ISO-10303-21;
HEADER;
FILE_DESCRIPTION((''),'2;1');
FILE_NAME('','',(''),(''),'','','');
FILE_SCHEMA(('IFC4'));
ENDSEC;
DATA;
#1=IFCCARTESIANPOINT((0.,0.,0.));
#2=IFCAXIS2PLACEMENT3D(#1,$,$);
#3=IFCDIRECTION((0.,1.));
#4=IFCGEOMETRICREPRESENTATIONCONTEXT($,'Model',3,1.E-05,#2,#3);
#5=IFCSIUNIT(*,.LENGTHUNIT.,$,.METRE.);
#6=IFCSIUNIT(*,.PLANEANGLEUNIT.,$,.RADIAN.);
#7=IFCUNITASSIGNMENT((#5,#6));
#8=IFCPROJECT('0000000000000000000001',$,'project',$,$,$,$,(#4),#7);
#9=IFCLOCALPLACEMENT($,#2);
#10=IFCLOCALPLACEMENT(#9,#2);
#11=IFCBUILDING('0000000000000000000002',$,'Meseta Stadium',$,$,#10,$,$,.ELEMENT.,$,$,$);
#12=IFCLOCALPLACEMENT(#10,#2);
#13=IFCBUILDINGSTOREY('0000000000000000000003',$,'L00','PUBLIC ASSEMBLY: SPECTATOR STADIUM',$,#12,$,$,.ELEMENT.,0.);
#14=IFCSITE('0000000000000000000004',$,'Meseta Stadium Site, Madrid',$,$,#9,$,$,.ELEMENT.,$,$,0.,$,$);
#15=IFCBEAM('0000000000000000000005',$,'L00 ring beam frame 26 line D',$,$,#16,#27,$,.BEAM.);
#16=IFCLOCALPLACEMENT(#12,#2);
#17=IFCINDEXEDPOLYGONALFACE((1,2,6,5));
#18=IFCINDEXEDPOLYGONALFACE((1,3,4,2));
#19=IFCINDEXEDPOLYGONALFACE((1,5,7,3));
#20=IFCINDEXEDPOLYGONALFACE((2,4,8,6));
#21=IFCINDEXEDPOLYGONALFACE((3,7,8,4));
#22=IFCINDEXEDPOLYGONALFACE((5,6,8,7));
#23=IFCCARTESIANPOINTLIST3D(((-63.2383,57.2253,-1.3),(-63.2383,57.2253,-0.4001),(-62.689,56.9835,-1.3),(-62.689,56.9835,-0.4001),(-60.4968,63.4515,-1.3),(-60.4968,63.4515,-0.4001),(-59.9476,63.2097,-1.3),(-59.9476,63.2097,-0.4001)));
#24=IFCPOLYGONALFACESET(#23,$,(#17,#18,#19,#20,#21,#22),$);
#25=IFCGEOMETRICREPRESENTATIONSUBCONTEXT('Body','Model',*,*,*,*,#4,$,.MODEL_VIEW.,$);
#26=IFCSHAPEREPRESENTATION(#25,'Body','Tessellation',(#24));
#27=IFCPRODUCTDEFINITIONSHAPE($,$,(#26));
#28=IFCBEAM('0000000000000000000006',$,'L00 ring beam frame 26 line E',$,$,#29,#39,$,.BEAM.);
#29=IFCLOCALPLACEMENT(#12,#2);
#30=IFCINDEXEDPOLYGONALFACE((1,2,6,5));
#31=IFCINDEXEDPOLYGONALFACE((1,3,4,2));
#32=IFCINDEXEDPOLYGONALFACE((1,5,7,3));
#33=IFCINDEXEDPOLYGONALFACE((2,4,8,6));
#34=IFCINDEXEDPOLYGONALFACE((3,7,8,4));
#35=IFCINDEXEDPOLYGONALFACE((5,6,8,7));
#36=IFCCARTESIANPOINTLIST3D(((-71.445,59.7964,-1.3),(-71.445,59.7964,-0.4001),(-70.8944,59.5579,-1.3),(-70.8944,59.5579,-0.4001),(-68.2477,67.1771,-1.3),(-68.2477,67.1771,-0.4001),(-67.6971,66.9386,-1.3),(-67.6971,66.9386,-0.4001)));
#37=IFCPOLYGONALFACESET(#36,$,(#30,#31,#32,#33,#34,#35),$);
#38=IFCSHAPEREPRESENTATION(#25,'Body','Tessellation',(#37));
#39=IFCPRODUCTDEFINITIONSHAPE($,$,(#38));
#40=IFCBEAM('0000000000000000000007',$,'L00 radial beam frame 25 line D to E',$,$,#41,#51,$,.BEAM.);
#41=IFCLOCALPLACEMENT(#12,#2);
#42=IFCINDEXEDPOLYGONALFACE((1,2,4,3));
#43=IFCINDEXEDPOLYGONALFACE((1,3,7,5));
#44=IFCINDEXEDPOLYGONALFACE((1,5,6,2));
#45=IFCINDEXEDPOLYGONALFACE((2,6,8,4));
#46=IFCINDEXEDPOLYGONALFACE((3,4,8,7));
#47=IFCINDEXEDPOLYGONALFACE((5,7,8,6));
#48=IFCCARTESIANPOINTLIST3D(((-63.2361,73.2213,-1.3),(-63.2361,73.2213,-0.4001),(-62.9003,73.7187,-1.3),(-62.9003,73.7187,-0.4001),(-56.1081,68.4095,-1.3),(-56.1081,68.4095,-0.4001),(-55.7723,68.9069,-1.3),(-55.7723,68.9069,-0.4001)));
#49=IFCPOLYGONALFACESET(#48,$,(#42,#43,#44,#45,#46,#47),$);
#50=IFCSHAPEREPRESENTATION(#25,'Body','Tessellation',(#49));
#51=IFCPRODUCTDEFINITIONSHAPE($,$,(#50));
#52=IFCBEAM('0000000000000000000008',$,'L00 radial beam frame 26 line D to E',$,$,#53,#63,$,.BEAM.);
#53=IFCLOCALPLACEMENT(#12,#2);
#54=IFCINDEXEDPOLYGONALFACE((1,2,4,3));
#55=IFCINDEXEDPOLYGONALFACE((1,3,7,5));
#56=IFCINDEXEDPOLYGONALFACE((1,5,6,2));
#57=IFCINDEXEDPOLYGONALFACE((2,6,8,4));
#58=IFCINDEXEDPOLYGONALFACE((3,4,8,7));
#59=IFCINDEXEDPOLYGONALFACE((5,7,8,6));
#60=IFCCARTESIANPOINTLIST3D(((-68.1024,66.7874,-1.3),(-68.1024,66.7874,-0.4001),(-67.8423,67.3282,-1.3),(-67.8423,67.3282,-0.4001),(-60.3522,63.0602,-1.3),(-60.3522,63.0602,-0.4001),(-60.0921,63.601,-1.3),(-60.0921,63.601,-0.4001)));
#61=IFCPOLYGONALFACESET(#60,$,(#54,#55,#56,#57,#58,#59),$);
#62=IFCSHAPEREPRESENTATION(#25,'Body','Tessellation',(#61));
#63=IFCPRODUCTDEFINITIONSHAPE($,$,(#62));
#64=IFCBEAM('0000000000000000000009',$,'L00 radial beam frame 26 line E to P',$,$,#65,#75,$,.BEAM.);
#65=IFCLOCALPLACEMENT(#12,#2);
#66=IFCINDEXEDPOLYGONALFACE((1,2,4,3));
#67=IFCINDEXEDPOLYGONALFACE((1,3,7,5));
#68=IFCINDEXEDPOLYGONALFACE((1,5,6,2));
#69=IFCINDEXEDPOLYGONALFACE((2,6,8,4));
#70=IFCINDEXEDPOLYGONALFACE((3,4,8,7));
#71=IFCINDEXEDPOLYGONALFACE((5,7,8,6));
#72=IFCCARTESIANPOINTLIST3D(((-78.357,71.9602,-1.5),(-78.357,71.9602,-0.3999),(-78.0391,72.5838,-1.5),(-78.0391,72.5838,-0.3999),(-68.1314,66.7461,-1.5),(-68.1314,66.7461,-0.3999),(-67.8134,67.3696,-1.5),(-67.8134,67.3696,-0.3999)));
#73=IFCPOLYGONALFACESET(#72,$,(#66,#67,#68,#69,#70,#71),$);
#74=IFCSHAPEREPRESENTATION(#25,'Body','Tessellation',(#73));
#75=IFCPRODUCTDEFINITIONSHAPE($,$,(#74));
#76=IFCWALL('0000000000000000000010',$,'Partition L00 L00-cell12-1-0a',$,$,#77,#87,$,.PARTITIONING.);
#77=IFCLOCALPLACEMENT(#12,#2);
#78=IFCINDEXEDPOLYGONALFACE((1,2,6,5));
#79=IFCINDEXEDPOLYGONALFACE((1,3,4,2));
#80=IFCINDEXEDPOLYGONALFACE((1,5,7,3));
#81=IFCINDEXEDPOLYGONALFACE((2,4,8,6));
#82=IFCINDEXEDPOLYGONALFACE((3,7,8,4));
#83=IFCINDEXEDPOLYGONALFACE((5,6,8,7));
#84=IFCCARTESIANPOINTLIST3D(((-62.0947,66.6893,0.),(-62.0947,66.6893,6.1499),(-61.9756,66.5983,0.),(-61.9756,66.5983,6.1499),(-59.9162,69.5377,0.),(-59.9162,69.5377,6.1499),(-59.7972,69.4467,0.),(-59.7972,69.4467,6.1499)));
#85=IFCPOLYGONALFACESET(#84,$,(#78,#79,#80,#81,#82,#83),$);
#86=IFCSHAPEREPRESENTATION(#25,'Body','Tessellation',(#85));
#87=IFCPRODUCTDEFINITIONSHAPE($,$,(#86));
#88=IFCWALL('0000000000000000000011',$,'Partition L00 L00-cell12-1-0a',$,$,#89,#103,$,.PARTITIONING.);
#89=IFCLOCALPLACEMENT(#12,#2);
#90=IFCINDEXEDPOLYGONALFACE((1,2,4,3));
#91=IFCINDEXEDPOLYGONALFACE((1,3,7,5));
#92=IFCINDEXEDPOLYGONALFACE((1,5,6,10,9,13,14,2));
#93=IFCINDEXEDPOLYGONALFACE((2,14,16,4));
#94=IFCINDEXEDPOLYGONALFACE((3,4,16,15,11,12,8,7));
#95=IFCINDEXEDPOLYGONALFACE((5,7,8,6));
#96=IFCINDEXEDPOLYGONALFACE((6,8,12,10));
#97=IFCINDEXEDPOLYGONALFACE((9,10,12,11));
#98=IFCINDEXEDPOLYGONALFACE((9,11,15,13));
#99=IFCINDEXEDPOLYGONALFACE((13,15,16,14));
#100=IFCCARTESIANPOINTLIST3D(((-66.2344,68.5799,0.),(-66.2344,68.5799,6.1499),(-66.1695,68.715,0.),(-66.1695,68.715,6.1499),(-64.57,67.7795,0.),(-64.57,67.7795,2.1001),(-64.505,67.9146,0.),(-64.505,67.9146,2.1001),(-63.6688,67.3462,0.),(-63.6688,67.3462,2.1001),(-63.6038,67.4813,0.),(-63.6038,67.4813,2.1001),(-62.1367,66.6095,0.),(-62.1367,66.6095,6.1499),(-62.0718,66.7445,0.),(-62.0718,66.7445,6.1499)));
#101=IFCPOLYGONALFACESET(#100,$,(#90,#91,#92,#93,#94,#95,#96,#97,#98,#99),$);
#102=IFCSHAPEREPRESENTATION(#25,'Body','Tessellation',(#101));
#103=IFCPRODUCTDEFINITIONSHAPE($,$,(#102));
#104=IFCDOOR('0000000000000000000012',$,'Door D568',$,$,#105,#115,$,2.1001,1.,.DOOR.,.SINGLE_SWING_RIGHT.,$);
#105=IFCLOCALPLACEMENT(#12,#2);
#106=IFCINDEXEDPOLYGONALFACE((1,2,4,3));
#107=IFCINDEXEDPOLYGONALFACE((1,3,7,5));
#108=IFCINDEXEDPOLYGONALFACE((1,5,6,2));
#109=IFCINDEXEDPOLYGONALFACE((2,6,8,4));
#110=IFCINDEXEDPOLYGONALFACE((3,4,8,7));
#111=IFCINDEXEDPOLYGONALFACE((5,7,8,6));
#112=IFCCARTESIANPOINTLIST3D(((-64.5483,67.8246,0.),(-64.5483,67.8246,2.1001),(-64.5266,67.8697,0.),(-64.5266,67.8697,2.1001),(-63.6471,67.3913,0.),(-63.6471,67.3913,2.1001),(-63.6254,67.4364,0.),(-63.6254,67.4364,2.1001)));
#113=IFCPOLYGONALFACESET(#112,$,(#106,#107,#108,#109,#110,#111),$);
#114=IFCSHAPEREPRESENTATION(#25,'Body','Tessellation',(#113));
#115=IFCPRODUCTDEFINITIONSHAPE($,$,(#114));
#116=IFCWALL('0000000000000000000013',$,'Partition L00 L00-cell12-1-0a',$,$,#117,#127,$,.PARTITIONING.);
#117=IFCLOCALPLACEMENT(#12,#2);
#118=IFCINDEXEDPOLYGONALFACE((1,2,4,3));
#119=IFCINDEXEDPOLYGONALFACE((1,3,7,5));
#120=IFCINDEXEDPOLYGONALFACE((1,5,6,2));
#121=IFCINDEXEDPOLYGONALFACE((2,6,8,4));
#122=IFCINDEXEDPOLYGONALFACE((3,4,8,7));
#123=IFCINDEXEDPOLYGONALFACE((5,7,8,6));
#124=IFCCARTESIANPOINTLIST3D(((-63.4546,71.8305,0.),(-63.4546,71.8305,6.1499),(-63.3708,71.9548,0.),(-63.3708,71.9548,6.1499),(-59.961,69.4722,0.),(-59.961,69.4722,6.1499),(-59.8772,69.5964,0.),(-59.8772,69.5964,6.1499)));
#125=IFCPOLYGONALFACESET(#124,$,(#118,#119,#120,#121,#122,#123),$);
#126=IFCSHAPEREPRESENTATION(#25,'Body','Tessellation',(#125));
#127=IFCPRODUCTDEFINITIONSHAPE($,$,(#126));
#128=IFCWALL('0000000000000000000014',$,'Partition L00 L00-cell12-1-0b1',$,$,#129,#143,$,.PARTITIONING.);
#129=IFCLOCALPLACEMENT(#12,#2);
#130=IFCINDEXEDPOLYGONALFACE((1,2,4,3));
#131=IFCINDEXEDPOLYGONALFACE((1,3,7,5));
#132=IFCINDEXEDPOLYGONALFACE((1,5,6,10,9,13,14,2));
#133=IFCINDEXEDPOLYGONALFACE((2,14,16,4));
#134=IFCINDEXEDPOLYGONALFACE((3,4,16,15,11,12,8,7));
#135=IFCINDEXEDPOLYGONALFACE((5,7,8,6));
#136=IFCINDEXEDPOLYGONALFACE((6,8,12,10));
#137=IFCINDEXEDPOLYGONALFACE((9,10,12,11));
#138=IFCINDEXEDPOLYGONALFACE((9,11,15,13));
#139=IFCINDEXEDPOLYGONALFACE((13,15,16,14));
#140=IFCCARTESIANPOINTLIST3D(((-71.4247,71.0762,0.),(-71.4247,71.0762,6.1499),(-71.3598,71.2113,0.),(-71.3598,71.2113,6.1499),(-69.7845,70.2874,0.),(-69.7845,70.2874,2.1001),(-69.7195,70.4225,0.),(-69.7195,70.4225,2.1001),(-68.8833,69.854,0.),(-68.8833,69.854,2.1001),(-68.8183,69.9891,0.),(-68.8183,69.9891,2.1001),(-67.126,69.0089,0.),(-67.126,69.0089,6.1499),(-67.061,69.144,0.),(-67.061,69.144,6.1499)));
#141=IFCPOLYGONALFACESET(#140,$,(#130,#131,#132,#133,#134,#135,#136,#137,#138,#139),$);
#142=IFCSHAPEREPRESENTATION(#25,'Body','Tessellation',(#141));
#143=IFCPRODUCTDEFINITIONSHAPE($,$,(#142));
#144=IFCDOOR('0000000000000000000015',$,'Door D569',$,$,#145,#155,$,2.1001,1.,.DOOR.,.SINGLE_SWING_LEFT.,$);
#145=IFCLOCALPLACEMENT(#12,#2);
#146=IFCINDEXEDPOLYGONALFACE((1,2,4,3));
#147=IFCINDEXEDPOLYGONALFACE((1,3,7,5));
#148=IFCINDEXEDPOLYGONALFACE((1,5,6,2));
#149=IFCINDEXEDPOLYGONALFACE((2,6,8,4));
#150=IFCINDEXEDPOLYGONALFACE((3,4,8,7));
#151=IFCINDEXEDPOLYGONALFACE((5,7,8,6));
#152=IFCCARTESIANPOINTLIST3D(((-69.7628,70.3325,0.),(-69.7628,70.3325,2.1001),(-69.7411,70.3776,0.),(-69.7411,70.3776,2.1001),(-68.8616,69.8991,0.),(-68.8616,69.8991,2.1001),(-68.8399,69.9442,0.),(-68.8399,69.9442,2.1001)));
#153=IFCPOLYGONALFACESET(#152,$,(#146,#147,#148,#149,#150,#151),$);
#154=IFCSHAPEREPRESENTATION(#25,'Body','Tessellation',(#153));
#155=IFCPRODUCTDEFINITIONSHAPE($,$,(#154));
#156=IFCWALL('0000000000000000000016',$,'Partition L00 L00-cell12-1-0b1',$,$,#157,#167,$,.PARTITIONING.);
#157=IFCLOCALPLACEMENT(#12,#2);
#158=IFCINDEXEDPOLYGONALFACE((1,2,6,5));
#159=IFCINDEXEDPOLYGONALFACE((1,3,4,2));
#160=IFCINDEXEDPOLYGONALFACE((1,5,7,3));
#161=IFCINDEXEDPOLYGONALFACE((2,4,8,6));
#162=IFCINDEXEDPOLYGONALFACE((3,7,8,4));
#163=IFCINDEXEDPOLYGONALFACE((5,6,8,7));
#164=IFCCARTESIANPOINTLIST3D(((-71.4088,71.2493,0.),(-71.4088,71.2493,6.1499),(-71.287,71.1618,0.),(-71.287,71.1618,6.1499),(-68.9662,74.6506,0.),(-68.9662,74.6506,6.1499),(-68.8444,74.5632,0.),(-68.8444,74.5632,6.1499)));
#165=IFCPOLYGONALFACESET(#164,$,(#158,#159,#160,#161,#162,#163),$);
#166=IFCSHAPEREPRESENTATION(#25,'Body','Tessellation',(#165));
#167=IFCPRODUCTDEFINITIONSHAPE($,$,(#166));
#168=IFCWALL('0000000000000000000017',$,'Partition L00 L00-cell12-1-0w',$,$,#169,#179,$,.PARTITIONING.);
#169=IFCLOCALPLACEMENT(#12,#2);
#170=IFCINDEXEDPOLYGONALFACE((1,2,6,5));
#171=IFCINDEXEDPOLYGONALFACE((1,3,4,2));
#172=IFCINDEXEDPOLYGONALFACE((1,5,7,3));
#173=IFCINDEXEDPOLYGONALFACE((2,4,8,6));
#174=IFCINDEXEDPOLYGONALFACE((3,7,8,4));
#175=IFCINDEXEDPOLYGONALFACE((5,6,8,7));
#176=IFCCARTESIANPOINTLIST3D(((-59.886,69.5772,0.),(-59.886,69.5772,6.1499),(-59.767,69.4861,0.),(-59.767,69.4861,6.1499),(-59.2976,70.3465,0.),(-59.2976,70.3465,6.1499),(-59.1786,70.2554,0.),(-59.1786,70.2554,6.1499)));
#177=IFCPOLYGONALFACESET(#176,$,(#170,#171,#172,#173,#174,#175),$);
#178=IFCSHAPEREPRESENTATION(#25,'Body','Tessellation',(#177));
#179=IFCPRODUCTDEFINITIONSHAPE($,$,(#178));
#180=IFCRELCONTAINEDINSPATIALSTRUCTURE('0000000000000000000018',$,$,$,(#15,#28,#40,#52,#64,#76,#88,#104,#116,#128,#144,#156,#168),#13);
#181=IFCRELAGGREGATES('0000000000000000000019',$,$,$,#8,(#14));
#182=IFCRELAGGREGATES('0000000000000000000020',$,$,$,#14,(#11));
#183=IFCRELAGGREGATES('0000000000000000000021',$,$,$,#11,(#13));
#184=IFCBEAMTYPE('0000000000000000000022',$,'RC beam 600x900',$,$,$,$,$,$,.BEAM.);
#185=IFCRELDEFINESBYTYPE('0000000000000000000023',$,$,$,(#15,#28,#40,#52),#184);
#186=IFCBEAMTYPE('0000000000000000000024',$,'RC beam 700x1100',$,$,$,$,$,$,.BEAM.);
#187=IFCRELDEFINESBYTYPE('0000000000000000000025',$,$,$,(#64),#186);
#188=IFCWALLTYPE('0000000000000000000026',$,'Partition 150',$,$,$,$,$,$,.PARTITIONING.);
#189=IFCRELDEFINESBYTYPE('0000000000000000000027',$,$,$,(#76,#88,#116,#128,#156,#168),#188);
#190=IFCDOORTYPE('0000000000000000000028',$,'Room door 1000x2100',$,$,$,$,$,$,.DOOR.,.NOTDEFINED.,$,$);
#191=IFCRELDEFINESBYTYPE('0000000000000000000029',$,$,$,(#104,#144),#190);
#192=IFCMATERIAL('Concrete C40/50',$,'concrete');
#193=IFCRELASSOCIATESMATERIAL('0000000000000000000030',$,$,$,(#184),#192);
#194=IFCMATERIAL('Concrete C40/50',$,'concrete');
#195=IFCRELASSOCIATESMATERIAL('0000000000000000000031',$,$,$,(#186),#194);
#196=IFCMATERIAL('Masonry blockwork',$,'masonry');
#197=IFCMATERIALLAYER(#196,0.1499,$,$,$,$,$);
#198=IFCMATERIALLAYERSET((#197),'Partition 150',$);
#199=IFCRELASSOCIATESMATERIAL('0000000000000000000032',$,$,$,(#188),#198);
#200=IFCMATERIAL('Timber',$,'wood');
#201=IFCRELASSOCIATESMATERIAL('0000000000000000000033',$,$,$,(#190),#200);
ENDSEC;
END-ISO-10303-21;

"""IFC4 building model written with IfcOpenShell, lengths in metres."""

from ifc_helpers import new_model, si_unit, direction, frame, frame_2d, origin, origin_2d, place, context, subcontext, project, spatial, rectangle, extrude, material, layer, layer_set, material_profile, profile_set, type_object, element, fill, save


model = new_model("IFC4")

# Units and contexts
model_context = context("Model", 3, precision=1e-05, world=origin(), true_north=direction((0.0, 1.0)))
body_context = subcontext(model_context, "Body", "Model", "MODEL_VIEW")
ifc_project = project(units=[si_unit("LENGTHUNIT", "METRE"), si_unit("PLANEANGLEUNIT", "RADIAN")], contexts=[model_context])

# Site, building, storey
site_placement = place(None, origin())
site = spatial("IfcSite", under=ifc_project, at=site_placement, Name="Meseta Stadium Site, Madrid", CompositionType="ELEMENT", RefElevation=0.0)
building_placement = place(site_placement, origin())
building = spatial("IfcBuilding", under=site, at=building_placement, Name="Meseta Stadium", CompositionType="ELEMENT")
storey_placement = place(building_placement, origin())
storey = spatial("IfcBuildingStorey", under=building, at=storey_placement, Name="L00", Description="PUBLIC ASSEMBLY: SPECTATOR STADIUM", CompositionType="ELEMENT", Elevation=0.0)

# Beams
ifc_material_1 = material(Name="Concrete C40/50", Category="concrete")
ifc_material_profile_1 = material_profile(ifc_material_1, rectangle(XDim=0.6001, YDim=0.8999, at=origin_2d()), Name="RC 600x900")
ifc_profile_set_1 = profile_set([ifc_material_profile_1], Name="Concrete C40/50")
beam_type_1 = type_object("IfcBeamType", Name="RC beam 600x900", PredefinedType="BEAM", material=ifc_profile_set_1)
beam_1_placement = place(storey_placement, frame((-60.2222, 63.3306, -0.8501), z_axis=(-0.402983, -0.915208, 0.0), x_axis=(0.915208, -0.402983, 0.0)))
element("IfcBeam", 1, at=beam_1_placement, inside=storey, type_object=beam_type_1, Name="L00 ring beam frame 26 line D", PredefinedType="BEAM", context=body_context, shape_type="SweptSolid", body=[
    extrude(rectangle(XDim=0.6001, YDim=0.8999, at=origin_2d()), origin(), (0.0, 0.0, 1.0), 6.803),
])
beam_2_placement = place(storey_placement, frame((-67.9724, 67.0579, -0.8501), z_axis=(-0.397503, -0.917601, 0.0), x_axis=(0.917601, -0.397503, 0.0)))
element("IfcBeam", 2, at=beam_2_placement, inside=storey, type_object=beam_type_1, Name="L00 ring beam frame 26 line E", PredefinedType="BEAM", context=body_context, shape_type="SweptSolid", body=[
    extrude(rectangle(XDim=0.6001, YDim=0.8999, at=origin_2d()), origin(), (0.0, 0.0, 1.0), 8.0435),
])
beam_3_placement = place(storey_placement, frame((-55.9402, 68.6582, -0.8501), z_axis=(-0.828826, 0.559506, 0.0), x_axis=(-0.559506, -0.828826, 0.0)))
element("IfcBeam", 3, at=beam_3_placement, inside=storey, type_object=beam_type_1, Name="L00 radial beam frame 25 line D to E", PredefinedType="BEAM", context=body_context, shape_type="SweptSolid", body=[
    extrude(rectangle(XDim=0.6001, YDim=0.8999, at=origin_2d()), origin(), (0.0, 0.0, 1.0), 8.6001),
])
beam_4_placement = place(storey_placement, frame((-60.2222, 63.3306, -0.8501), z_axis=(-0.901197, 0.433409, 0.0), x_axis=(-0.433409, -0.901197, 0.0)))
element("IfcBeam", 4, at=beam_4_placement, inside=storey, type_object=beam_type_1, Name="L00 radial beam frame 26 line D to E", PredefinedType="BEAM", context=body_context, shape_type="SweptSolid", body=[
    extrude(rectangle(XDim=0.6001, YDim=0.8999, at=origin_2d()), origin(), (0.0, 0.0, 1.0), 8.5999),
])
ifc_material_2 = material(Name="Concrete C40/50", Category="concrete")
ifc_material_profile_2 = material_profile(ifc_material_2, rectangle(XDim=0.7, YDim=1.1001, at=origin_2d()), Name="RC 700x1100")
ifc_profile_set_2 = profile_set([ifc_material_profile_2], Name="Concrete C40/50")
beam_type_2 = type_object("IfcBeamType", Name="RC beam 700x1100", PredefinedType="BEAM", material=ifc_profile_set_2)
beam_5_placement = place(storey_placement, frame((-67.9724, 67.0579, -0.95), z_axis=(-0.890869, 0.454261, 0.0), x_axis=(-0.454261, -0.890869, 0.0)))
element("IfcBeam", 5, at=beam_5_placement, inside=storey, type_object=beam_type_2, Name="L00 radial beam frame 26 line E to P", PredefinedType="BEAM", context=body_context, shape_type="SweptSolid", body=[
    extrude(rectangle(XDim=0.7, YDim=1.1001, at=origin_2d()), origin(), (0.0, 0.0, 1.0), 11.4783),
])

# Wall
ifc_material_3 = material(Name="Masonry blockwork", Category="masonry")
ifc_layer = layer(ifc_material_3, 0.1499)
ifc_layer_set = layer_set([ifc_layer], Name="Partition 150")
wall_type = type_object("IfcWallType", Name="Partition 150", PredefinedType="PARTITIONING", material=ifc_layer_set)
wall_1_placement = place(storey_placement, frame((-59.8567, 69.4922, 0.0), z_axis=(0.0, 0.0, 1.0), x_axis=(-0.607501, -0.794319, 0.0)))
element("IfcWall", 6, at=wall_1_placement, inside=storey, type_object=wall_type, Name="Partition L00 L00-cell12-1-0a", PredefinedType="PARTITIONING", context=body_context, shape_type="SweptSolid", body=[
    extrude(rectangle(XDim=3.5859, YDim=0.1499, at=frame_2d((1.793, 0.0))), origin(), (0.0, 0.0, 1.0), 6.1499),
])

# Wall, opening, door
wall_2_placement = place(storey_placement, frame((-62.1042, 66.677, 0.0), z_axis=(0.0, 0.0, 1.0), x_axis=(-0.901215, 0.433372, 0.0)))
wall_2 = element("IfcWall", 7, at=wall_2_placement, inside=storey, type_object=wall_type, Name="Partition L00 L00-cell12-1-0a", PredefinedType="PARTITIONING", context=body_context, shape_type="SweptSolid", body=[
    extrude(rectangle(XDim=4.5469, YDim=0.1499, at=frame_2d((2.2734, 0.0))), origin(), (0.0, 0.0, 1.0), 6.1499),
])
opening_1_placement = place(wall_2_placement, frame((1.7, 0.0, 0.0)))
opening_1 = element("IfcOpeningElement", 8, at=opening_1_placement, cuts=wall_2, PredefinedType="OPENING", context=body_context, shape_type="SweptSolid", body=[
    extrude(rectangle(XDim=1.0, YDim=2.1001, at=frame_2d((0.5, 1.05))), frame((0.0, 0.085, 0.0), z_axis=(0.0, -1.0, 0.0), x_axis=(1.0, 0.0, 0.0)), (0.0, 0.0, 1.0), 0.1699),
])
ifc_material_4 = material(Name="Timber", Category="wood")
door_type_1 = type_object("IfcDoorType", Name="Room door 1000x2100", OperationType="NOTDEFINED", PredefinedType="DOOR", material=ifc_material_4)
door_1_placement = place(opening_1_placement, origin())
door_1 = element("IfcDoor", 9, at=door_1_placement, inside=storey, type_object=door_type_1, Name="Door D568", OperationType="SINGLE_SWING_RIGHT", OverallHeight=2.1001, OverallWidth=1.0, PredefinedType="DOOR", context=body_context, shape_type="SweptSolid", body=[
    extrude(rectangle(XDim=1.0, YDim=2.1001, at=frame_2d((0.5, 1.05))), frame((0.0, 0.0249, 0.0), z_axis=(0.0, -1.0, 0.0), x_axis=(1.0, 0.0, 0.0)), (0.0, 0.0, 1.0), 0.05),
])
fill(opening_1, door_1)

# Wall
wall_3_placement = place(storey_placement, frame((-63.4126, 71.8926, 0.0), z_axis=(0.0, 0.0, 1.0), x_axis=(0.828829, -0.559503, 0.0)))
element("IfcWall", 10, at=wall_3_placement, inside=storey, type_object=wall_type, Name="Partition L00 L00-cell12-1-0a", PredefinedType="PARTITIONING", context=body_context, shape_type="SweptSolid", body=[
    extrude(rectangle(XDim=4.2151, YDim=0.1499, at=frame_2d((2.1074, 0.0))), origin(), (0.0, 0.0, 1.0), 6.1499),
])

# Wall, opening, door
wall_4_placement = place(storey_placement, frame((-67.0935, 69.0764, 0.0), z_axis=(0.0, 0.0, 1.0), x_axis=(-0.9012, 0.433403, 0.0)))
wall_4 = element("IfcWall", 11, at=wall_4_placement, inside=storey, type_object=wall_type, Name="Partition L00 L00-cell12-1-0b1", PredefinedType="PARTITIONING", context=body_context, shape_type="SweptSolid", body=[
    extrude(rectangle(XDim=4.77, YDim=0.1499, at=frame_2d((2.385, 0.0))), origin(), (0.0, 0.0, 1.0), 6.1499),
])
opening_2_placement = place(wall_4_placement, frame((1.95, 0.0, 0.0)))
opening_2 = element("IfcOpeningElement", 12, at=opening_2_placement, cuts=wall_4, PredefinedType="OPENING", context=body_context, shape_type="SweptSolid", body=[
    extrude(rectangle(XDim=1.0, YDim=2.1001, at=frame_2d((0.5, 1.05))), frame((0.0, 0.085, 0.0), z_axis=(0.0, -1.0, 0.0), x_axis=(1.0, 0.0, 0.0)), (0.0, 0.0, 1.0), 0.1699),
])
door_2_placement = place(opening_2_placement, origin())
door_2 = element("IfcDoor", 13, at=door_2_placement, inside=storey, type_object=door_type_1, Name="Door D569", OperationType="SINGLE_SWING_LEFT", OverallHeight=2.1001, OverallWidth=1.0, PredefinedType="DOOR", context=body_context, shape_type="SweptSolid", body=[
    extrude(rectangle(XDim=1.0, YDim=2.1001, at=frame_2d((0.5, 1.05))), frame((0.0, 0.0249, 0.0), z_axis=(0.0, -1.0, 0.0), x_axis=(1.0, 0.0, 0.0)), (0.0, 0.0, 1.0), 0.05),
])
fill(opening_2, door_2)

# Walls
wall_5_placement = place(storey_placement, frame((-71.3479, 71.2056, 0.0), z_axis=(0.0, 0.0, 1.0), x_axis=(0.583304, 0.812254, 0.0)))
element("IfcWall", 14, at=wall_5_placement, inside=storey, type_object=wall_type, Name="Partition L00 L00-cell12-1-0b1", PredefinedType="PARTITIONING", context=body_context, shape_type="SweptSolid", body=[
    extrude(rectangle(XDim=4.1875, YDim=0.1499, at=frame_2d((2.0938, 0.0))), origin(), (0.0, 0.0, 1.0), 6.1499),
])
wall_6_placement = place(storey_placement, frame((-59.238, 70.301, 0.0), z_axis=(0.0, 0.0, 1.0), x_axis=(-0.607516, -0.794308, 0.0)))
element("IfcWall", 15, at=wall_6_placement, inside=storey, type_object=wall_type, Name="Partition L00 L00-cell12-1-0w", PredefinedType="PARTITIONING", context=body_context, shape_type="SweptSolid", body=[
    extrude(rectangle(XDim=0.9685, YDim=0.1499, at=frame_2d((0.4844, 0.0))), origin(), (0.0, 0.0, 1.0), 6.1499),
])

save(model, "model.ifc")
